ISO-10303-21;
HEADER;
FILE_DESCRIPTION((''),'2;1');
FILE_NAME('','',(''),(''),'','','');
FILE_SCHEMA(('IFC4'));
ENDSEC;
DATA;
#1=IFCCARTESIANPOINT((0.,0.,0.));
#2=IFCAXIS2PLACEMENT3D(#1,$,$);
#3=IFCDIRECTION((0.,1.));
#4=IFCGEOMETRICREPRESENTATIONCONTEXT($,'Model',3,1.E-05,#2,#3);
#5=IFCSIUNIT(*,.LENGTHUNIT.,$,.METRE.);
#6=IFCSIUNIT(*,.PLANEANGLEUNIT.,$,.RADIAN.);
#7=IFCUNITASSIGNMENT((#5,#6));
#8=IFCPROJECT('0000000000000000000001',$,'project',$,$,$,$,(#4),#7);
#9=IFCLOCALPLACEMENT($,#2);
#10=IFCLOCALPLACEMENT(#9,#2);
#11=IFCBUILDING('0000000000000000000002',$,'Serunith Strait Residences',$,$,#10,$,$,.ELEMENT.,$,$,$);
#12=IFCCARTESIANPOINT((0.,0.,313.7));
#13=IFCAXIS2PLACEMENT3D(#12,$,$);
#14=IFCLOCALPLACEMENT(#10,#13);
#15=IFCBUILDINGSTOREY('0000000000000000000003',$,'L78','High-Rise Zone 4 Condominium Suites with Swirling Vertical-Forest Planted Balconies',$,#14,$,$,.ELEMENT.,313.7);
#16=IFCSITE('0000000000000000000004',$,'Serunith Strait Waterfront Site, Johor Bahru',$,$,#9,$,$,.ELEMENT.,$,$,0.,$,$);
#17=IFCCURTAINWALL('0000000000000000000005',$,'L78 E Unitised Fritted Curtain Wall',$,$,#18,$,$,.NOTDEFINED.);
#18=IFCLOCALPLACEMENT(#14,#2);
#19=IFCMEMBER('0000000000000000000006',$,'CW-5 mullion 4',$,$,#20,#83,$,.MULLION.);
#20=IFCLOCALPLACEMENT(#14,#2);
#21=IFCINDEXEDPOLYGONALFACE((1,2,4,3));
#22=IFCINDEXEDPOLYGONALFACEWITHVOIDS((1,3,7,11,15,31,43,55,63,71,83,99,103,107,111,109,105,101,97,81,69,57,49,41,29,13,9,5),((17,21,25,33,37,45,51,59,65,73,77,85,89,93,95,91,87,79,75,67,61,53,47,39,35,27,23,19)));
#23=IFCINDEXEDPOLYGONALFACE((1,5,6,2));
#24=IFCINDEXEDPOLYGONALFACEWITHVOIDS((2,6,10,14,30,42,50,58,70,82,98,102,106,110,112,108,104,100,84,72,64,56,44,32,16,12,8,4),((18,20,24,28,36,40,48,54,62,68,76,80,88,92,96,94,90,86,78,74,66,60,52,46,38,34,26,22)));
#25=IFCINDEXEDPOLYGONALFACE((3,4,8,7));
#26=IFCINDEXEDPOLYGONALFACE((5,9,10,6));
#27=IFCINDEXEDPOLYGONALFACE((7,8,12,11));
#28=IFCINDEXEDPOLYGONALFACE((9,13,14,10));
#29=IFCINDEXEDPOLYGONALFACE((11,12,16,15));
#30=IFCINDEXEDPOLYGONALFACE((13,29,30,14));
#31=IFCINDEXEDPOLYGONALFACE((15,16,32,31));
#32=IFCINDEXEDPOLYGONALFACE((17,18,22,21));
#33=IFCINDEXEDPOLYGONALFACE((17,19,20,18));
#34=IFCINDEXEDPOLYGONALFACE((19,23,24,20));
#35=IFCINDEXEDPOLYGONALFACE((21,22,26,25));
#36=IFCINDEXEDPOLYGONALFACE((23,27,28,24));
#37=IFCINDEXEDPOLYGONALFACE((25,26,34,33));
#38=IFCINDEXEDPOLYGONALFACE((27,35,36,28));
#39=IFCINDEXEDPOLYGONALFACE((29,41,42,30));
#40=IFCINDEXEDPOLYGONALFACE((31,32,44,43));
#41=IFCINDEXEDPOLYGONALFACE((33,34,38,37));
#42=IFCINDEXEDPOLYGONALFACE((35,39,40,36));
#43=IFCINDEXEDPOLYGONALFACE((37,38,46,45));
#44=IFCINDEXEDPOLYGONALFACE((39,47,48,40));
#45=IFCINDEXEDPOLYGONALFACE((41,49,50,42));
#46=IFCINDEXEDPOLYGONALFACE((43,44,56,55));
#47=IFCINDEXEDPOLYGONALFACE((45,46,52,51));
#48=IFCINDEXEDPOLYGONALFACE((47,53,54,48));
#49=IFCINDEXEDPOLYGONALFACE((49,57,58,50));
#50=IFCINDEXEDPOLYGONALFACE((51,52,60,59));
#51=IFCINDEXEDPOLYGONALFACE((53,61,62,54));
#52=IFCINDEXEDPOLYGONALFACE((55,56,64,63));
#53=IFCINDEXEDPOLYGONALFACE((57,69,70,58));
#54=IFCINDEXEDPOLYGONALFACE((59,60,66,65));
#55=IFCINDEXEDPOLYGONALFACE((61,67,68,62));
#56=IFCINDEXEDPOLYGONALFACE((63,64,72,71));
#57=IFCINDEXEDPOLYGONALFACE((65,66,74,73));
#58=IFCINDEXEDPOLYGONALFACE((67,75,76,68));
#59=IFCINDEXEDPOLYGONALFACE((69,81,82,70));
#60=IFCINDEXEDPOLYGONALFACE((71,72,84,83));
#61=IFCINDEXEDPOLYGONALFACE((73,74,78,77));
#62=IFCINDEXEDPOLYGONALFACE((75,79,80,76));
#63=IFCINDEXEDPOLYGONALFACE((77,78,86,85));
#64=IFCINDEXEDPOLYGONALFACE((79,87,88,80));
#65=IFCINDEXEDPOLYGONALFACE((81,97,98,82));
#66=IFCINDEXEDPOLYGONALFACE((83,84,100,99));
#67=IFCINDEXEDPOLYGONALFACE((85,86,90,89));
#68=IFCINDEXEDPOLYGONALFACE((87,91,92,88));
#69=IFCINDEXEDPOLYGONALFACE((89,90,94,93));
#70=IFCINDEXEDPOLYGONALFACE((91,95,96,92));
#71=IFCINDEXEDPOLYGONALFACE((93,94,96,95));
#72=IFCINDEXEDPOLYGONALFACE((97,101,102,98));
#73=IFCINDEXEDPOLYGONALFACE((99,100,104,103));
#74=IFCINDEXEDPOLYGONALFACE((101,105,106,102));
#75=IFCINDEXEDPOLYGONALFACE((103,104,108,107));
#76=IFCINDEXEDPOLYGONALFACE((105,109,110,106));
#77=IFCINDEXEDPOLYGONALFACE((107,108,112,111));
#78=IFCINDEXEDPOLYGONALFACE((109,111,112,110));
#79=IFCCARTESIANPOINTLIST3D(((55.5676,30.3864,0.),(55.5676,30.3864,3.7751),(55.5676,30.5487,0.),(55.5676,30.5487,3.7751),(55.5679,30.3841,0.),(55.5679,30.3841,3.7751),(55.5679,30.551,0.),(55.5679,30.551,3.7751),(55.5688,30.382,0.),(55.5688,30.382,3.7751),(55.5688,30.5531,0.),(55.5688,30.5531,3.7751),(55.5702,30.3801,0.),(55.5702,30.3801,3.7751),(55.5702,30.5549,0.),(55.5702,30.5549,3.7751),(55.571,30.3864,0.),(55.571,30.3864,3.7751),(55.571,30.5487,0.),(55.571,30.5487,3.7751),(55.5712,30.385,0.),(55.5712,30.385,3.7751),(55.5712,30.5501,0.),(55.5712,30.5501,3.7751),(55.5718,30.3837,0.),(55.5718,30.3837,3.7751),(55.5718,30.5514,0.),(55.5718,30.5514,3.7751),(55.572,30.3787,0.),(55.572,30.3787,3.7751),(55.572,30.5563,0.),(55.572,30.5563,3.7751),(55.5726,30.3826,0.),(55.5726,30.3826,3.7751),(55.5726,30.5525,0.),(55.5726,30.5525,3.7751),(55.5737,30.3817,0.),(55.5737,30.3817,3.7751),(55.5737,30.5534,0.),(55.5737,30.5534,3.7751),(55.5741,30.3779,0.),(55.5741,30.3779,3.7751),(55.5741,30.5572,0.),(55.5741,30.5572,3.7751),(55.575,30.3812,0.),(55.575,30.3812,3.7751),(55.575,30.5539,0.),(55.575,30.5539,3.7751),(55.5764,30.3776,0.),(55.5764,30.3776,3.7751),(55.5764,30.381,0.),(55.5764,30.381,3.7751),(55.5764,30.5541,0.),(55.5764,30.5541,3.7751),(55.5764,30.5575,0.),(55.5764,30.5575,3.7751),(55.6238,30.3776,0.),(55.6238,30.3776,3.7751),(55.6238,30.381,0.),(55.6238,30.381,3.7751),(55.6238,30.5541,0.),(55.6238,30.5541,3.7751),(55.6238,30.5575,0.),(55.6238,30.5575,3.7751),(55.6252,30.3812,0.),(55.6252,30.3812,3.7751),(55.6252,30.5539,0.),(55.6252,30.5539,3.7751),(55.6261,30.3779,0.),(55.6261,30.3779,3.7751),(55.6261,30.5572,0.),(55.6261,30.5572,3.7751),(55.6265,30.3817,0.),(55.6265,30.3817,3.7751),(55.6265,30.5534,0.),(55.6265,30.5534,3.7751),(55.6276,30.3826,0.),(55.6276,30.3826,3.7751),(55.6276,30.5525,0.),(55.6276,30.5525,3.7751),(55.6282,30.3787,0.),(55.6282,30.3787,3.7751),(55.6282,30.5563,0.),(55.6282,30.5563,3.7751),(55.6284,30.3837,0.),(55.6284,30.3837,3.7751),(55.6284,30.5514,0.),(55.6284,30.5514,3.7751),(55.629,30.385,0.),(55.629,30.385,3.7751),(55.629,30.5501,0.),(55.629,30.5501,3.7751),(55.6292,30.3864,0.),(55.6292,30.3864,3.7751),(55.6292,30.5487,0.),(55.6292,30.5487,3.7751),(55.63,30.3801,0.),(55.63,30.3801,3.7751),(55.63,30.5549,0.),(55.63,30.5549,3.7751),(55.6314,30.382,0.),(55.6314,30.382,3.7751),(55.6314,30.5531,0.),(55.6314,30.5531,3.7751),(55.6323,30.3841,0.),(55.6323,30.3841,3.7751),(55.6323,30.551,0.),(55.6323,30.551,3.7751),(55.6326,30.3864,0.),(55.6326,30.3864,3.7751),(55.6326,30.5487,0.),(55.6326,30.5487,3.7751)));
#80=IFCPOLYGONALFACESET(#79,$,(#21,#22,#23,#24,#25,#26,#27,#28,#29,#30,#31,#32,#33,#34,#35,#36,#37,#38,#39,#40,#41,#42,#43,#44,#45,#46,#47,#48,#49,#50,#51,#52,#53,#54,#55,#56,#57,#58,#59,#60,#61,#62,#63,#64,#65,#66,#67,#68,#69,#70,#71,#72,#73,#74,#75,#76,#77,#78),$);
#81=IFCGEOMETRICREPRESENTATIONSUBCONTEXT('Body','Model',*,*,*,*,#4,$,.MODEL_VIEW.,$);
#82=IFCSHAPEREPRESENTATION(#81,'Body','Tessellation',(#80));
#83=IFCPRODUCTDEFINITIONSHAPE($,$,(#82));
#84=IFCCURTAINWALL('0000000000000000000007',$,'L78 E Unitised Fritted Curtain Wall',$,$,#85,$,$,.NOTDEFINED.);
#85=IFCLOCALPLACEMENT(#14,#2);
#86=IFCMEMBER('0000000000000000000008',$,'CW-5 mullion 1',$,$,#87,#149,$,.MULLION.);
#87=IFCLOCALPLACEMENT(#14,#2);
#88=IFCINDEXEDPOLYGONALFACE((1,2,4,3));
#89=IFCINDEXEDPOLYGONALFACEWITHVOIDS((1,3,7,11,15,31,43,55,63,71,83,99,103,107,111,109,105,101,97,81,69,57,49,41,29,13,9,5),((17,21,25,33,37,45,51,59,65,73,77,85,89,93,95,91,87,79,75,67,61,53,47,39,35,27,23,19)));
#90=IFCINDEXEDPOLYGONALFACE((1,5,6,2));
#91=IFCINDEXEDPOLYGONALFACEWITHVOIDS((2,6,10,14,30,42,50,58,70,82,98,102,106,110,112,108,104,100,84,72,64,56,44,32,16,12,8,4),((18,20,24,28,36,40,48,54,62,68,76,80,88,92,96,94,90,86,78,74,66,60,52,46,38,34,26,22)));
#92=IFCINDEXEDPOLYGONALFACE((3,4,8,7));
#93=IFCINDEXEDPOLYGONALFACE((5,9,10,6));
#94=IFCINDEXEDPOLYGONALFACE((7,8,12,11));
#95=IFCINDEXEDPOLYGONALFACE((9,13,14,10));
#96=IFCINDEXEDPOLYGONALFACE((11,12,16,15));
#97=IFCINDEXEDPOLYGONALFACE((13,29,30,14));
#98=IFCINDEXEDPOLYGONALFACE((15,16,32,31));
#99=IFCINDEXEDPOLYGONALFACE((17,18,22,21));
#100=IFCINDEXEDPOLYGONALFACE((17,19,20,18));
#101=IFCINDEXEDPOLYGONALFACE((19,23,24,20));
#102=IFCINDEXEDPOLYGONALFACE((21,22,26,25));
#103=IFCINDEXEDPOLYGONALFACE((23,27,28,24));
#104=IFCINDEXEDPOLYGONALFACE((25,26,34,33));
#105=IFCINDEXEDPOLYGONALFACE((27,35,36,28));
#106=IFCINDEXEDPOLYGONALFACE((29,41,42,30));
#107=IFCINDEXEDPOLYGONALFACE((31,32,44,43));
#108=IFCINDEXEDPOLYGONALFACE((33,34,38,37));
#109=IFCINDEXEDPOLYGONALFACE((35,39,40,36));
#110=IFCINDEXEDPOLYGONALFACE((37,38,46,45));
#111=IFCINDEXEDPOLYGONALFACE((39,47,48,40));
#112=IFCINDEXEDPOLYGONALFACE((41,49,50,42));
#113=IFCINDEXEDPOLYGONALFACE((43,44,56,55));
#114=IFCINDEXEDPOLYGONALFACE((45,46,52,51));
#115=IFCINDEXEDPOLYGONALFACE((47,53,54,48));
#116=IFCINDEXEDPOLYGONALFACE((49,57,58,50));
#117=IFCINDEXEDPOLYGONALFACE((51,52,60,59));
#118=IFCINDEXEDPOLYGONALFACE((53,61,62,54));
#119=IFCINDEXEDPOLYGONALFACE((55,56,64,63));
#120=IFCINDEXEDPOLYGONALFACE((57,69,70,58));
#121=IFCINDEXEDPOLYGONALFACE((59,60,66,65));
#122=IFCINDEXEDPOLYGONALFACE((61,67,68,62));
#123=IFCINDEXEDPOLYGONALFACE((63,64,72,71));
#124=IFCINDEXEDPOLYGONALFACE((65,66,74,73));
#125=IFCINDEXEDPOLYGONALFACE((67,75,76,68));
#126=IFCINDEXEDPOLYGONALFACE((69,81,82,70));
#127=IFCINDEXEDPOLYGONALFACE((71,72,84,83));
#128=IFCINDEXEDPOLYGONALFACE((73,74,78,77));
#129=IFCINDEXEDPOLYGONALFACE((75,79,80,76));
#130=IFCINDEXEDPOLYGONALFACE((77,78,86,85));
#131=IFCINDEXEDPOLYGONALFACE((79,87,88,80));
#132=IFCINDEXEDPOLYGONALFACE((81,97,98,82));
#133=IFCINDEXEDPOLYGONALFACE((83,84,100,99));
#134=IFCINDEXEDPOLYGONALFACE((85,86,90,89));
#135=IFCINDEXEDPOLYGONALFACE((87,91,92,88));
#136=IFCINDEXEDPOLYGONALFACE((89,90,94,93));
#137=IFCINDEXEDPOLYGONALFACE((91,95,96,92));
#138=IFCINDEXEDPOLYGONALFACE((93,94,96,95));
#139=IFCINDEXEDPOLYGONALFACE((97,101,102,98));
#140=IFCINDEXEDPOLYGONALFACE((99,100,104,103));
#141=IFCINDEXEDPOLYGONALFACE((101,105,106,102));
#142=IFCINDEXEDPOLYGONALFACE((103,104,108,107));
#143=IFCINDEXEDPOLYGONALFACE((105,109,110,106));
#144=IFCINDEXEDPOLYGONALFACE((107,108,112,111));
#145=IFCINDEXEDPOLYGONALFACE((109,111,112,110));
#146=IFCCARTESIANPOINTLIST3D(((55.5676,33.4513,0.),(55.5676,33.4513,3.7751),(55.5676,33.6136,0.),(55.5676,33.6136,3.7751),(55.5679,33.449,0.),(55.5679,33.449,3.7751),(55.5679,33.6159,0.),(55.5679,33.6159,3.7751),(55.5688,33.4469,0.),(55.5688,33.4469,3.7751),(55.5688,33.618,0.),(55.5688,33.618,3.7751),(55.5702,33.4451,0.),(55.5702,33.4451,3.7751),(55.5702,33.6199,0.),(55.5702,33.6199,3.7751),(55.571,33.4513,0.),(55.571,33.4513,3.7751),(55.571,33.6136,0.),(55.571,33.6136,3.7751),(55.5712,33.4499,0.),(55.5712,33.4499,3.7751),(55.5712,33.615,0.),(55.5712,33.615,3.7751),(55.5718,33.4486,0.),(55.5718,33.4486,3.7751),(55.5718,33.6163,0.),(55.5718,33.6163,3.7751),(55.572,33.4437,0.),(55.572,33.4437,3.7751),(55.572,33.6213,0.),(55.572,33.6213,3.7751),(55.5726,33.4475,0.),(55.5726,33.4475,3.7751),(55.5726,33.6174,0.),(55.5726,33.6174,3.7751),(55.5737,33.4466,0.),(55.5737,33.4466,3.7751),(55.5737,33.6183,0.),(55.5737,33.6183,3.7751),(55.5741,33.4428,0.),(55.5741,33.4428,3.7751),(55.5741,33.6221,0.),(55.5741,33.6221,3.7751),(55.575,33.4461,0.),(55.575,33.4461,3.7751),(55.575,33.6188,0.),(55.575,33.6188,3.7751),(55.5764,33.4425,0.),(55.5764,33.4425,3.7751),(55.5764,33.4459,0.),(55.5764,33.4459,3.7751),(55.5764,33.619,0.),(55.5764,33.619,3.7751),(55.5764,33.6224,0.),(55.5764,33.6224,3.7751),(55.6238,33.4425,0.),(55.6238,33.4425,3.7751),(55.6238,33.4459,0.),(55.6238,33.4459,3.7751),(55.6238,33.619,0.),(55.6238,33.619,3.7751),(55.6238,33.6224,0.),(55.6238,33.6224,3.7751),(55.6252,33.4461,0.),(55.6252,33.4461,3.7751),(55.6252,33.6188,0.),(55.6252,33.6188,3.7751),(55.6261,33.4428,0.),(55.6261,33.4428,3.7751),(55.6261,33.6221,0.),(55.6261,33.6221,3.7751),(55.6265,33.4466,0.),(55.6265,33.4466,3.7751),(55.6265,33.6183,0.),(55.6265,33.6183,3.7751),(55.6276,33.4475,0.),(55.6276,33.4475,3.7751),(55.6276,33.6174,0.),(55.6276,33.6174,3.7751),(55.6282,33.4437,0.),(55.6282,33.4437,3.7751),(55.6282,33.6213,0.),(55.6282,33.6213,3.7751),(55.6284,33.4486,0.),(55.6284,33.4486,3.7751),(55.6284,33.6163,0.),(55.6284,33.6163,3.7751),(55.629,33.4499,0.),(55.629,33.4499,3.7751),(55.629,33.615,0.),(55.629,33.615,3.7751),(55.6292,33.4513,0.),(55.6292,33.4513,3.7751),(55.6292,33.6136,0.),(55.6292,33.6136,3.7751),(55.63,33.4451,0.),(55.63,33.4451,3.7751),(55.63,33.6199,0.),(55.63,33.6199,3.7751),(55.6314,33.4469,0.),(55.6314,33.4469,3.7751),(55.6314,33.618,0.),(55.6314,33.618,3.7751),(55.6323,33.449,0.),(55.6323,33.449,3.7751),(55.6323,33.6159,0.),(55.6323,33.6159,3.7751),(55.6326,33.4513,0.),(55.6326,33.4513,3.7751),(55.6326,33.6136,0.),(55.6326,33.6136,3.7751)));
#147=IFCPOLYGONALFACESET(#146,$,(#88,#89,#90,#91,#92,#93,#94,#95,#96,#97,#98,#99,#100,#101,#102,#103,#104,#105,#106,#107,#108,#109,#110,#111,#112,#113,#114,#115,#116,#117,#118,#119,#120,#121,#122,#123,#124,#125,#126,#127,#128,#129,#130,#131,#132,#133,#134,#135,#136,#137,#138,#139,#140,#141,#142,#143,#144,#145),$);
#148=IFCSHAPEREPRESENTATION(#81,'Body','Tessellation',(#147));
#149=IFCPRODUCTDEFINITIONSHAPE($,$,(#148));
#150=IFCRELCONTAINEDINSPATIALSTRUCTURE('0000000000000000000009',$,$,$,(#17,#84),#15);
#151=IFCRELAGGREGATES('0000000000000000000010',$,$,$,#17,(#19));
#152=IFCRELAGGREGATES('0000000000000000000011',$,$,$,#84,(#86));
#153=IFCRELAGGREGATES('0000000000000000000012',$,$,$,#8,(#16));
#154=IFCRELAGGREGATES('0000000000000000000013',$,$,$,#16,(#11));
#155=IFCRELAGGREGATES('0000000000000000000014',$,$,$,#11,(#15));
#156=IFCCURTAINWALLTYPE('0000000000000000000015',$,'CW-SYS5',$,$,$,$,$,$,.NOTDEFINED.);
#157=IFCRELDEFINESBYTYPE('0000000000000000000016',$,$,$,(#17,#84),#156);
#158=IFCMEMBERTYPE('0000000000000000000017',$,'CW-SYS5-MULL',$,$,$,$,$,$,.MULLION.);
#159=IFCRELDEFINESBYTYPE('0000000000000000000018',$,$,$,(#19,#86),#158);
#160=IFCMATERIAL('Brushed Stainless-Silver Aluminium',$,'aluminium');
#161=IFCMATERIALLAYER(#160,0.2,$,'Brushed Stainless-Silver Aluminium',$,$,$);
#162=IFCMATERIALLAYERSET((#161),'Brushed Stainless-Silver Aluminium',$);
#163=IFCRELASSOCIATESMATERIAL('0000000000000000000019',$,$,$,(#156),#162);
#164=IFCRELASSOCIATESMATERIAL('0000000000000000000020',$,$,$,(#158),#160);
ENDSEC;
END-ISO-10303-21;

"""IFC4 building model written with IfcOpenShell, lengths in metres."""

from ifc_helpers import new_model, si_unit, direction, frame, origin, origin_2d, place, context, subcontext, project, spatial, hollow_rectangle, extrude, source, transform, mapped, material, layer, layer_set, material_profile, profile_set, type_object, element, aggregate, save


model = new_model("IFC4")

# Units and contexts
model_context = context("Model", 3, precision=1e-05, world=origin(), true_north=direction((0.0, 1.0)))
body_context = subcontext(model_context, "Body", "Model", "MODEL_VIEW")
ifc_project = project(units=[si_unit("LENGTHUNIT", "METRE"), si_unit("PLANEANGLEUNIT", "RADIAN")], contexts=[model_context])

# Site, building, storey
site_placement = place(None, origin())
site = spatial("IfcSite", under=ifc_project, at=site_placement, Name="Serunith Strait Waterfront Site, Johor Bahru", CompositionType="ELEMENT", RefElevation=0.0)
building_placement = place(site_placement, origin())
building = spatial("IfcBuilding", under=site, at=building_placement, Name="Serunith Strait Residences", CompositionType="ELEMENT")
storey_placement = place(building_placement, frame((0.0, 0.0, 313.7)))
storey = spatial("IfcBuildingStorey", under=building, at=storey_placement, Name="L78", Description="High-Rise Zone 4 Condominium Suites with Swirling Vertical-Forest Planted Balconies", CompositionType="ELEMENT", Elevation=313.7)

# Curtain wall, member
ifc_material_1 = material(Name="Brushed Stainless-Silver Aluminium", Category="aluminium")
ifc_layer_1 = layer(ifc_material_1, 0.2, Name="Brushed Stainless-Silver Aluminium")
ifc_layer_set_1 = layer_set([ifc_layer_1], Name="Brushed Stainless-Silver Aluminium")
curtain_wall_type = type_object("IfcCurtainWallType", Name="CW-SYS5", PredefinedType="NOTDEFINED", material=ifc_layer_set_1)
curtain_wall_1_placement = place(storey_placement, origin())
curtain_wall_1 = element("IfcCurtainWall", 1, at=curtain_wall_1_placement, inside=storey, type_object=curtain_wall_type, Name="L78 E Unitised Fritted Curtain Wall", PredefinedType="NOTDEFINED")
ifc_material_profile_1 = material_profile(ifc_material_1, hollow_rectangle(XDim=0.0649, YDim=0.1799, WallThickness=0.0034, InnerFilletRadius=0.0054, OuterFilletRadius=0.0088, at=origin_2d()), Name="ALU 180x65x3.5")
ifc_profile_set_1 = profile_set([ifc_material_profile_1], Name="Brushed Stainless-Silver Aluminium")
member_type_1 = type_object("IfcMemberType", Name="CW-SYS5-MULL", PredefinedType="MULLION", material=ifc_profile_set_1)
shared_shape_1 = source(origin(), body_context, "Body", "SweptSolid", [
    extrude(hollow_rectangle(XDim=0.0649, YDim=0.1799, WallThickness=0.0034, InnerFilletRadius=0.0054, OuterFilletRadius=0.0088, at=origin_2d()), origin(), (0.0, 0.0, 1.0), 3.7751),
])
member_1_placement = place(storey_placement, frame((55.6001, 30.4675, 0.0), z_axis=(0.0, 0.0, 1.0), x_axis=(-1.0, 0.0, 0.0)))
member_1 = element("IfcMember", 2, at=member_1_placement, type_object=member_type_1, Name="CW-5 mullion 4", PredefinedType="MULLION", context=body_context, shape_type="MappedRepresentation", body=[
    mapped(shared_shape_1, transform((0.0, 0.0, 0.0), scale=1.0)),
])

# Curtain wall, member
curtain_wall_2_placement = place(storey_placement, origin())
curtain_wall_2 = element("IfcCurtainWall", 3, at=curtain_wall_2_placement, inside=storey, type_object=curtain_wall_type, Name="L78 E Unitised Fritted Curtain Wall", PredefinedType="NOTDEFINED")
member_2_placement = place(storey_placement, frame((55.6001, 33.5325, 0.0), z_axis=(0.0, 0.0, 1.0), x_axis=(-1.0, 0.0, 0.0)))
member_2 = element("IfcMember", 4, at=member_2_placement, type_object=member_type_1, Name="CW-5 mullion 1", PredefinedType="MULLION", context=body_context, shape_type="MappedRepresentation", body=[
    mapped(shared_shape_1, transform((0.0, 0.0, 0.0), scale=1.0)),
])

aggregate(curtain_wall_1, [member_1])
aggregate(curtain_wall_2, [member_2])

save(model, "model.ifc")
